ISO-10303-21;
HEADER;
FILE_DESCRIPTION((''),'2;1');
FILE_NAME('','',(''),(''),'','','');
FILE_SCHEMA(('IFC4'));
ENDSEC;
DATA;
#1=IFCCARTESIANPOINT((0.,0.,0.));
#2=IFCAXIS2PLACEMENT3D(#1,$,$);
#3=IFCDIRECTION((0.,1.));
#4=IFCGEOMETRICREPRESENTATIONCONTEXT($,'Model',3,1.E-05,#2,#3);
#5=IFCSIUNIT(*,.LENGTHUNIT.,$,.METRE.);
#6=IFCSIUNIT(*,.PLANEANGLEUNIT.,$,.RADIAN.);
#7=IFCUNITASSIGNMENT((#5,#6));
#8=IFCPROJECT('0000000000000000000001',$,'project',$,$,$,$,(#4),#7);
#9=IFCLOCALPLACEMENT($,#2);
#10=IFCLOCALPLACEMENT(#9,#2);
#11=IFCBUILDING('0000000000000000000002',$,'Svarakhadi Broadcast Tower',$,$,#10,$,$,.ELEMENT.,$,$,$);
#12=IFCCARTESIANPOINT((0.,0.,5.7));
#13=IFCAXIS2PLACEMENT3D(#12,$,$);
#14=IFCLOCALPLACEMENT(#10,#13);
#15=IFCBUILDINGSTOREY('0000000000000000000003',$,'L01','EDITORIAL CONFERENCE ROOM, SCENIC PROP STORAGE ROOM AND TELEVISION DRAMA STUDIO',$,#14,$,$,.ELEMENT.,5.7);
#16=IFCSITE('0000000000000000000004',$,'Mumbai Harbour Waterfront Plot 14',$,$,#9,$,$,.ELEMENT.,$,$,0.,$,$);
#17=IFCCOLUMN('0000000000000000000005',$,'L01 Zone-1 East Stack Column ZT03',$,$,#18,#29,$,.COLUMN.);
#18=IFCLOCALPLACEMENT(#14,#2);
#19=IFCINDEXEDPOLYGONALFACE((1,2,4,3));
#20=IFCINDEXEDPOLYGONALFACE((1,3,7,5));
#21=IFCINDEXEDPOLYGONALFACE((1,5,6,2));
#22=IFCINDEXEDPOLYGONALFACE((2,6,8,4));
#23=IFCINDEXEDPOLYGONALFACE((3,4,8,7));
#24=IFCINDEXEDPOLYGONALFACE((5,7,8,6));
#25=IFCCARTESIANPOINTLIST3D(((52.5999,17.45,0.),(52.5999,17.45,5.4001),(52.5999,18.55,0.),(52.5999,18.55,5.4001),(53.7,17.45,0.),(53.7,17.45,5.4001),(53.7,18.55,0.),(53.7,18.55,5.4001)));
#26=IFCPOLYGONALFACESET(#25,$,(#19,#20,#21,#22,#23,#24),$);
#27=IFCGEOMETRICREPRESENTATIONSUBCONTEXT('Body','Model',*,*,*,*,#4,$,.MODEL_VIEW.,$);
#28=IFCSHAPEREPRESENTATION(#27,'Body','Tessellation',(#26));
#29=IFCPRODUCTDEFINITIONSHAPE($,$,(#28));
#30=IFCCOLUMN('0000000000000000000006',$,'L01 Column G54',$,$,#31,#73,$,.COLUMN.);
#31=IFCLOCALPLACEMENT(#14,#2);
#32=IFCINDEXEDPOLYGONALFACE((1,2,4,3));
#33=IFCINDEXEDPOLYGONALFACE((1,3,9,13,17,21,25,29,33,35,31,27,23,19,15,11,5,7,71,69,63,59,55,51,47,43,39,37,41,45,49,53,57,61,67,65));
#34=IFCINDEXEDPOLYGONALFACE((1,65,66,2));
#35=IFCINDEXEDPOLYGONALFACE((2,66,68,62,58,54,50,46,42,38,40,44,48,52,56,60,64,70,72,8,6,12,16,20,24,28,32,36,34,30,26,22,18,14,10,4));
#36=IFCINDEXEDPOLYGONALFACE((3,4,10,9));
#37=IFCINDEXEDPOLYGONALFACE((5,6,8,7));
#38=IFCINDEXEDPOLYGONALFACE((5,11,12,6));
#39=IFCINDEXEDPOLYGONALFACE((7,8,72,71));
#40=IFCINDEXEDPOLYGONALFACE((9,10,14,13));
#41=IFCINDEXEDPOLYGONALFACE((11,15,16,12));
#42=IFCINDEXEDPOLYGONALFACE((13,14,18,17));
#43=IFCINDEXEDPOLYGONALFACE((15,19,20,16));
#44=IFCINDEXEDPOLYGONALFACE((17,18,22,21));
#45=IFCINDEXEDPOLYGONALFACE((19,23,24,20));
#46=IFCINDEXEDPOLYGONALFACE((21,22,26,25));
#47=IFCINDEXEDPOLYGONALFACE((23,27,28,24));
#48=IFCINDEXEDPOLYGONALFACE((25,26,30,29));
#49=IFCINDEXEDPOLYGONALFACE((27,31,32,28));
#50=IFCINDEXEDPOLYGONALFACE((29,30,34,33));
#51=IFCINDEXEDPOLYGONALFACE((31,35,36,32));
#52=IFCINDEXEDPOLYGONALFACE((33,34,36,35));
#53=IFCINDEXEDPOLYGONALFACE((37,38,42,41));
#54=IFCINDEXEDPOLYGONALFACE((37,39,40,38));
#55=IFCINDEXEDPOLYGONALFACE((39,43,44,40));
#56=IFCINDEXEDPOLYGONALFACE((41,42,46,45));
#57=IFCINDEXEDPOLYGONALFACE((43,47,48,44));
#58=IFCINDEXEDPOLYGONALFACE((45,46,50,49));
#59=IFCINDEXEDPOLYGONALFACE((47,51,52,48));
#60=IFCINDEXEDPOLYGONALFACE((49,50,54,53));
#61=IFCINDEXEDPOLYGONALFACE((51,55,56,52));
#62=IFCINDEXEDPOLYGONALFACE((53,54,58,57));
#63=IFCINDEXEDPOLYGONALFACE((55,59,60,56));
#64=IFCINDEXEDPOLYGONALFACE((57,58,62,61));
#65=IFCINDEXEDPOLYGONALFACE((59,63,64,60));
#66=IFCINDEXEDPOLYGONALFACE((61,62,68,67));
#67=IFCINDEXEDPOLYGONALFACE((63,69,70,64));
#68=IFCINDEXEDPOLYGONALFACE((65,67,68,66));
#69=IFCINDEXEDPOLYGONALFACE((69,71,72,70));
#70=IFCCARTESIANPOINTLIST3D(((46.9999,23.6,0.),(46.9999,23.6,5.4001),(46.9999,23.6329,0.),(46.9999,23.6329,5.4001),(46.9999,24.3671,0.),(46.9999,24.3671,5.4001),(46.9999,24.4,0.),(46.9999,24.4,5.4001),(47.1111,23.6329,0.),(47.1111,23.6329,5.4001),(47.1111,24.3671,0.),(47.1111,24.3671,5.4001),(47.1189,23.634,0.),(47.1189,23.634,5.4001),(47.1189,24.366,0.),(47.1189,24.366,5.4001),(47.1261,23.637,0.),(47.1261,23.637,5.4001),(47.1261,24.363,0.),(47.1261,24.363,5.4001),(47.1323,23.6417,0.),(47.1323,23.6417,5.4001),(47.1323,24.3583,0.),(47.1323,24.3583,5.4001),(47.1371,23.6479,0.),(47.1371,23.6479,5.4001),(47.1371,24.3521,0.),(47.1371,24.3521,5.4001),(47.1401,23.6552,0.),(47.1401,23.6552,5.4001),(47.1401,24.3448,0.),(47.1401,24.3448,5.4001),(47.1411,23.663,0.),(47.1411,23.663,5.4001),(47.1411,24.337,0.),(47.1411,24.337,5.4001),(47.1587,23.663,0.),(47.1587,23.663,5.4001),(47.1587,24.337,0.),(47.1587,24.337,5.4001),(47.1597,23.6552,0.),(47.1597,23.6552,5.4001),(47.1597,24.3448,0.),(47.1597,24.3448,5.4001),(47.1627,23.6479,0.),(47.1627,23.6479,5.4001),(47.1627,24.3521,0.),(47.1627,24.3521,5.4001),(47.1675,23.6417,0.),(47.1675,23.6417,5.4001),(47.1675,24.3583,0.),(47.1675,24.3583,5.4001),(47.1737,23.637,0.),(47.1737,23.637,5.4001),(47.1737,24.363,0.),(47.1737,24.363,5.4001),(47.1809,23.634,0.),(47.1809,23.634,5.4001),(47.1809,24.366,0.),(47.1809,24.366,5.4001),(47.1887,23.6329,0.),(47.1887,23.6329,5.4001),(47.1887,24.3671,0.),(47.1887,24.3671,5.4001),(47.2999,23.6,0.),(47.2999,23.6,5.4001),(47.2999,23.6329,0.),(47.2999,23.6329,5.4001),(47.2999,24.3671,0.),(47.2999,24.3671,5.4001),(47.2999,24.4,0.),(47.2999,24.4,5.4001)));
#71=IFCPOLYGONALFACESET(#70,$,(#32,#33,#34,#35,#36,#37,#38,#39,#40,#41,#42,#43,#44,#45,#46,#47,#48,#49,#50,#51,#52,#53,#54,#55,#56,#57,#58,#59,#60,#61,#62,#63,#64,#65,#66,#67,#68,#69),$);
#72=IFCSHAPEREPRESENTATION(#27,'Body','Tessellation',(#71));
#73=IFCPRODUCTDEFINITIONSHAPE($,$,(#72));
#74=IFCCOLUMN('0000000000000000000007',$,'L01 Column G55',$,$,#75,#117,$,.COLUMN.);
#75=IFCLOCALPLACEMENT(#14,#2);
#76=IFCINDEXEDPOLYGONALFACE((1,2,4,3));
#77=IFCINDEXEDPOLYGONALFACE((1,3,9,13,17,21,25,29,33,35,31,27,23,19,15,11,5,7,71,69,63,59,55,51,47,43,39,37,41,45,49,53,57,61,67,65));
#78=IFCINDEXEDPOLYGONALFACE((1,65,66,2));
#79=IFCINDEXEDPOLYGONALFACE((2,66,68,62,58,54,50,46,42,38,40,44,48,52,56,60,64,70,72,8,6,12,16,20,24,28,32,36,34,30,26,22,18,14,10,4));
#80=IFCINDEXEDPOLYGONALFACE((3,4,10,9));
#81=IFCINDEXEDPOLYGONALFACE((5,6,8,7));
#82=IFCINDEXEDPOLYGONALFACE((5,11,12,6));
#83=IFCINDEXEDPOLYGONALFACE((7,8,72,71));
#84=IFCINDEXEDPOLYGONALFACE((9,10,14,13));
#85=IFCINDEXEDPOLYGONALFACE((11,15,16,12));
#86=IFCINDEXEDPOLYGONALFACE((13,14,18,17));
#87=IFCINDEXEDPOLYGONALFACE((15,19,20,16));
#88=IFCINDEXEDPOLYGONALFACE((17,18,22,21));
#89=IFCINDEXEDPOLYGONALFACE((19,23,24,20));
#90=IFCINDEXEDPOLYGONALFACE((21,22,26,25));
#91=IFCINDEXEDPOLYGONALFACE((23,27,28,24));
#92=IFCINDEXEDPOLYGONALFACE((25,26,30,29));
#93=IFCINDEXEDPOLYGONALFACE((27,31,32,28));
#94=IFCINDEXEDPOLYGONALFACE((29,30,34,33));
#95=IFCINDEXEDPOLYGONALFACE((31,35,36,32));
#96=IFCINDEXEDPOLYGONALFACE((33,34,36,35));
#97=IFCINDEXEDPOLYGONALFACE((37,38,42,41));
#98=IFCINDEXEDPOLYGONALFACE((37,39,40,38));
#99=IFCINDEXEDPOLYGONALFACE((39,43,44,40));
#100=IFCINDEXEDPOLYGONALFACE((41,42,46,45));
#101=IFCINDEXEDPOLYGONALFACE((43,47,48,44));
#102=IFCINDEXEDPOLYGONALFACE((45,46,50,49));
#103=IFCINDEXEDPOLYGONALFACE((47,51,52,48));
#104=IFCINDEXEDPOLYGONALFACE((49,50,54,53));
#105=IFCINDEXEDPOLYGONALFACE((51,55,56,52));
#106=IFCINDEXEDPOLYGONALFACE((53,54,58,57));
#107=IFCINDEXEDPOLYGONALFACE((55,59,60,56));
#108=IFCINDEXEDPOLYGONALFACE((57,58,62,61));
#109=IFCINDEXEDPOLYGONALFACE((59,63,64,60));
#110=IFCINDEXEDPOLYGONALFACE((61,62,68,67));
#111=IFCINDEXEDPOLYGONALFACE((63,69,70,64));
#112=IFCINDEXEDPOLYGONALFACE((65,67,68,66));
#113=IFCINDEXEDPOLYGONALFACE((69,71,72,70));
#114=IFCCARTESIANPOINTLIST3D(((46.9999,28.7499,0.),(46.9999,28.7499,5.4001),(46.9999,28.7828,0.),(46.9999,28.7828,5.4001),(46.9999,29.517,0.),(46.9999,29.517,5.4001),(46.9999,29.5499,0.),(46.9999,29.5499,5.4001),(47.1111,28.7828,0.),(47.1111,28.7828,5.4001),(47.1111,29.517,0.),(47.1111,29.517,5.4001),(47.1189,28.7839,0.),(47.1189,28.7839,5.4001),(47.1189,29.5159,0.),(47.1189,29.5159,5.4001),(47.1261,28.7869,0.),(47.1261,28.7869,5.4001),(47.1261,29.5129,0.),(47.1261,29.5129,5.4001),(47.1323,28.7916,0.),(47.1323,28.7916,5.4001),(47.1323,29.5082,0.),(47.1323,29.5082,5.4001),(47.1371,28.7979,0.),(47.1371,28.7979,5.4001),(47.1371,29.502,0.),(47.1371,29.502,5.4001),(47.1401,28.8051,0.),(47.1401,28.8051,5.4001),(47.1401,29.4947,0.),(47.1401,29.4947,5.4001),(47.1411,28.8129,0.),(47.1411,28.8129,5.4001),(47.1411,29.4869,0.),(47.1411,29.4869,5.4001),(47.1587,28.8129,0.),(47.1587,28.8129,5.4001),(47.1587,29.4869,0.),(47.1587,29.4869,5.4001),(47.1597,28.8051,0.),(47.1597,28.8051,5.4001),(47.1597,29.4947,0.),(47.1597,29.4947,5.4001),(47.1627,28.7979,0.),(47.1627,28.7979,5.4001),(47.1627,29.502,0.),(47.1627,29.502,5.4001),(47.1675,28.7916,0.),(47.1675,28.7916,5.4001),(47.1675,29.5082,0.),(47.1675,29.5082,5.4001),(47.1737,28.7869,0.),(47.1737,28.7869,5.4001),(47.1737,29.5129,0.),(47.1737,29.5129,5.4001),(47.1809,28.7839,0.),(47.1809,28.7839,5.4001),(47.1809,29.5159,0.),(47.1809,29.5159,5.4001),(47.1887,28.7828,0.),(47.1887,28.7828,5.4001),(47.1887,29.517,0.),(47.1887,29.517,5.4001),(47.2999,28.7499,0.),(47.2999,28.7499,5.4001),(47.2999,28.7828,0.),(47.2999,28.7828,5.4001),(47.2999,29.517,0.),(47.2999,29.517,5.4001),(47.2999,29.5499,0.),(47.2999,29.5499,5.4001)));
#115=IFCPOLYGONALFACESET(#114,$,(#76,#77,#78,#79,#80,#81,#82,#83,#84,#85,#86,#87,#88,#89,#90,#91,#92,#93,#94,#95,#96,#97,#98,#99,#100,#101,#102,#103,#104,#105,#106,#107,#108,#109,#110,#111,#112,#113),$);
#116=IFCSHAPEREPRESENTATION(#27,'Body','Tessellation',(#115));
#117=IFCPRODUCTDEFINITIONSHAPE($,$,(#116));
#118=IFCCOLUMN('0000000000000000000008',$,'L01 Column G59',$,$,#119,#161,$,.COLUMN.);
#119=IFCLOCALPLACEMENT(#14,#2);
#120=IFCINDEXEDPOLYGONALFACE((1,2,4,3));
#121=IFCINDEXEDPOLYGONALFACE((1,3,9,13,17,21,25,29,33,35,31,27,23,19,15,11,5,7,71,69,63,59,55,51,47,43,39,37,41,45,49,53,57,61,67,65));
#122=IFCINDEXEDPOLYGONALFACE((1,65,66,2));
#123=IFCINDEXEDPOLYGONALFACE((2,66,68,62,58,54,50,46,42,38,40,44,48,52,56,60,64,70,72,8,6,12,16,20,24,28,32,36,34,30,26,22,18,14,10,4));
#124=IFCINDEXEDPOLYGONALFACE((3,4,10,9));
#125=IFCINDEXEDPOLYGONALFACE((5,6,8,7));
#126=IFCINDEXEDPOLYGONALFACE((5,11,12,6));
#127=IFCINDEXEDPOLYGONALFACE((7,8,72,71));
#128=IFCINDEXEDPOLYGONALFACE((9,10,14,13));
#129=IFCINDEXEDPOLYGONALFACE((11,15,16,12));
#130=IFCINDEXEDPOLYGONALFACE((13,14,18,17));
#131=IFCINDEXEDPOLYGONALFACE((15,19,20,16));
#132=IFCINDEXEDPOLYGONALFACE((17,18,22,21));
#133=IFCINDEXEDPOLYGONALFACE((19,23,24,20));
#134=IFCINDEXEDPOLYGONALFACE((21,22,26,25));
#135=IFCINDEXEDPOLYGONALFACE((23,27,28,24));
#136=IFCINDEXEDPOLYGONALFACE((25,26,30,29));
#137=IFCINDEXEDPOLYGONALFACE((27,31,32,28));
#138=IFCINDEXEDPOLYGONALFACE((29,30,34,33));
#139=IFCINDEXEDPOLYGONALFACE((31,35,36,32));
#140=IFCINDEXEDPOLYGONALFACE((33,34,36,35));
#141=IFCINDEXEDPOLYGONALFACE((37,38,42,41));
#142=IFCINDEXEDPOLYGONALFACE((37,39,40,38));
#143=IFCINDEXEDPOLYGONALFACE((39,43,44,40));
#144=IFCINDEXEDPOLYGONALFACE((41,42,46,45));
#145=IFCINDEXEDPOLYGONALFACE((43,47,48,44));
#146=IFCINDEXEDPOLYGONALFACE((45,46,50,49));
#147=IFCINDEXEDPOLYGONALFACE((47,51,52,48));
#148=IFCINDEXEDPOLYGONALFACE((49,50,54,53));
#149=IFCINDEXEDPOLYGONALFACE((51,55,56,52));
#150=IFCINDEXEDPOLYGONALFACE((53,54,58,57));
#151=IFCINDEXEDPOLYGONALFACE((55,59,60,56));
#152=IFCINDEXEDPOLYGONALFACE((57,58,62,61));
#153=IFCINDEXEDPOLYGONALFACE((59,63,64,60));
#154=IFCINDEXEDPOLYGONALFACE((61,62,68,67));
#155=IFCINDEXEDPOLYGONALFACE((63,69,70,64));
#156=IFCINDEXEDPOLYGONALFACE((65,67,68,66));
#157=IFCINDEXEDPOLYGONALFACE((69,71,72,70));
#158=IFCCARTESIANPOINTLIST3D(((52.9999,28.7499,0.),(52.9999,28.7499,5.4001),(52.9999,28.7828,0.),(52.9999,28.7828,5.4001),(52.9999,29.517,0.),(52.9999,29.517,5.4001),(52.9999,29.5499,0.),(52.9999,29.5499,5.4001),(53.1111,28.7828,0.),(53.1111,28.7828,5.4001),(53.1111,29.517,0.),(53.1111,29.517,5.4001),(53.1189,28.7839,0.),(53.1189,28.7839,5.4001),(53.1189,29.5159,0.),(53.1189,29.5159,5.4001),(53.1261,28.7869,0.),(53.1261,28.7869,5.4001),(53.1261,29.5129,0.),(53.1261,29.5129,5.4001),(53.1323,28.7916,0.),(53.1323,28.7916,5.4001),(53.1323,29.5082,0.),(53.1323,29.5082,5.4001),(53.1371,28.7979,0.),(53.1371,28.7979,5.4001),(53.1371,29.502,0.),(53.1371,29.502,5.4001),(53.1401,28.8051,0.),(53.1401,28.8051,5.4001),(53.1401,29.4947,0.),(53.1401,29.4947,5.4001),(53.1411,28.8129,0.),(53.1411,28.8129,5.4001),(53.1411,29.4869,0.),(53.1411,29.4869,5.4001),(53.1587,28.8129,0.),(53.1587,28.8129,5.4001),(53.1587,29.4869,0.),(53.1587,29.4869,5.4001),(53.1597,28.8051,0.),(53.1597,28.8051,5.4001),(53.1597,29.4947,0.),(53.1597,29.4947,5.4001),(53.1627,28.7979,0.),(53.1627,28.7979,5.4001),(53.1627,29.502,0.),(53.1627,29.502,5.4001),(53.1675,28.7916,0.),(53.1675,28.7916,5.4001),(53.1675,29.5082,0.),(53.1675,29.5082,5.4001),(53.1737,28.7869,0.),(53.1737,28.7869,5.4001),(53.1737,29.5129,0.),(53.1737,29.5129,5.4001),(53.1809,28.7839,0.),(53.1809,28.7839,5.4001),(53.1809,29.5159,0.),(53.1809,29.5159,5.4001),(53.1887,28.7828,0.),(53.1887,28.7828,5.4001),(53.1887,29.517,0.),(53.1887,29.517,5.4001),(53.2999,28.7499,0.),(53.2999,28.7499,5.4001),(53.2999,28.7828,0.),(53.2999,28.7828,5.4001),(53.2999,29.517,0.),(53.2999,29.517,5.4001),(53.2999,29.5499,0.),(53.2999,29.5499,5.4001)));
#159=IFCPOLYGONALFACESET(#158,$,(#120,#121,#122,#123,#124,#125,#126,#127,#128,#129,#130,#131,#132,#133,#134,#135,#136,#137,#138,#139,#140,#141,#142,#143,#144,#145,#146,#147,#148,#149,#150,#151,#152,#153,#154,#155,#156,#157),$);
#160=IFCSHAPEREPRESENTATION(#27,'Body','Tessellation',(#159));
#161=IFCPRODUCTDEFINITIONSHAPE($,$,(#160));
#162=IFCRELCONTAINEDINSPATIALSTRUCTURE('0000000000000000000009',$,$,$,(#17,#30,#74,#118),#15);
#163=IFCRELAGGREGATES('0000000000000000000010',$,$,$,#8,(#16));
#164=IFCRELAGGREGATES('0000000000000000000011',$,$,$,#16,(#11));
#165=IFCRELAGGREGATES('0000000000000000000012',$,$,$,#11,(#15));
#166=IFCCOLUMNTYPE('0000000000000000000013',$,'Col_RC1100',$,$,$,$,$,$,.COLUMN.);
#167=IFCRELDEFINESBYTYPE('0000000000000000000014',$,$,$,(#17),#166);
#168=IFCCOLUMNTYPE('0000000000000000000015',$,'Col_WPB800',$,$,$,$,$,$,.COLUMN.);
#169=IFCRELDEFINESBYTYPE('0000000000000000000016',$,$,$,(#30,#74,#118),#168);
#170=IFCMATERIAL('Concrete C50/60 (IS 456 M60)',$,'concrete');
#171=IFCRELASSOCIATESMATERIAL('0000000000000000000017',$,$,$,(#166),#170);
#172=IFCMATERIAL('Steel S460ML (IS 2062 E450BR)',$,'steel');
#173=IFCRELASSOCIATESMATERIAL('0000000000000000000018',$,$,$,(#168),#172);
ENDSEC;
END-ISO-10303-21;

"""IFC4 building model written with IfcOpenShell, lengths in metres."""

from ifc_helpers import new_model, si_unit, direction, frame, origin, origin_2d, place, context, subcontext, project, spatial, rectangle, i_section, extrude, material, material_profile, profile_set, type_object, element, save


model = new_model("IFC4")

# Units and contexts
model_context = context("Model", 3, precision=1e-05, world=origin(), true_north=direction((0.0, 1.0)))
body_context = subcontext(model_context, "Body", "Model", "MODEL_VIEW")
ifc_project = project(units=[si_unit("LENGTHUNIT", "METRE"), si_unit("PLANEANGLEUNIT", "RADIAN")], contexts=[model_context])

# Site, building, storey
site_placement = place(None, origin())
site = spatial("IfcSite", under=ifc_project, at=site_placement, Name="Mumbai Harbour Waterfront Plot 14", CompositionType="ELEMENT", RefElevation=0.0)
building_placement = place(site_placement, origin())
building = spatial("IfcBuilding", under=site, at=building_placement, Name="Svarakhadi Broadcast Tower", CompositionType="ELEMENT")
storey_placement = place(building_placement, frame((0.0, 0.0, 5.7)))
storey = spatial("IfcBuildingStorey", under=building, at=storey_placement, Name="L01", Description="EDITORIAL CONFERENCE ROOM, SCENIC PROP STORAGE ROOM AND TELEVISION DRAMA STUDIO", CompositionType="ELEMENT", Elevation=5.7)

# Columns
ifc_material_1 = material(Name="Concrete C50/60 (IS 456 M60)", Category="concrete")
ifc_material_profile_1 = material_profile(ifc_material_1, rectangle(XDim=1.1001, YDim=1.1001, at=origin_2d()), Name="RC 1100x1100")
ifc_profile_set_1 = profile_set([ifc_material_profile_1], Name="Concrete C50/60 (IS 456 M60)")
column_type_1 = type_object("IfcColumnType", Name="Col_RC1100", PredefinedType="COLUMN", material=ifc_profile_set_1)
column_placement = place(storey_placement, frame((53.1499, 18.0, 0.0), z_axis=(0.0, 0.0, 1.0), x_axis=(1.0, 0.0, 0.0)))
element("IfcColumn", 1, at=column_placement, inside=storey, type_object=column_type_1, Name="L01 Zone-1 East Stack Column ZT03", PredefinedType="COLUMN", context=body_context, shape_type="SweptSolid", body=[
    extrude(rectangle(XDim=1.1001, YDim=1.1001, at=origin_2d()), origin(), (0.0, 0.0, 1.0), 5.4001),
])
ifc_material_2 = material(Name="Steel S460ML (IS 2062 E450BR)", Category="steel")
ifc_material_profile_2 = material_profile(ifc_material_2, i_section(OverallWidth=0.3, OverallDepth=0.8, WebThickness=0.0176, FlangeThickness=0.033, FilletRadius=0.03, at=origin_2d()), Name="WPB 800x300x262")
ifc_profile_set_2 = profile_set([ifc_material_profile_2], Name="Steel S460ML (IS 2062 E450BR)")
column_type_2 = type_object("IfcColumnType", Name="Col_WPB800", PredefinedType="COLUMN", material=ifc_profile_set_2)
for number, where, z_axis, x_axis, name in (
    (2, (47.1499, 24.0, 0.0), (0.0, 0.0, 1.0), (1.0, 0.0, 0.0), "L01 Column G54"),
    (3, (47.1499, 29.1499, 0.0), (0.0, 0.0, 1.0), (1.0, 0.0, 0.0), "L01 Column G55"),
    (4, (53.1499, 29.1499, 0.0), (0.0, 0.0, 1.0), (1.0, 0.0, 0.0), "L01 Column G59"),
):
    element("IfcColumn", number, at=place(storey_placement, frame(where, z_axis=z_axis, x_axis=x_axis)), inside=storey, type_object=column_type_2, Name=name, PredefinedType="COLUMN", context=body_context, shape_type="SweptSolid", body=[
        extrude(i_section(OverallWidth=0.3, OverallDepth=0.8, WebThickness=0.0176, FlangeThickness=0.033, FilletRadius=0.03, at=origin_2d()), origin(), (0.0, 0.0, 1.0), 5.4001),
    ])

save(model, "model.ifc")
